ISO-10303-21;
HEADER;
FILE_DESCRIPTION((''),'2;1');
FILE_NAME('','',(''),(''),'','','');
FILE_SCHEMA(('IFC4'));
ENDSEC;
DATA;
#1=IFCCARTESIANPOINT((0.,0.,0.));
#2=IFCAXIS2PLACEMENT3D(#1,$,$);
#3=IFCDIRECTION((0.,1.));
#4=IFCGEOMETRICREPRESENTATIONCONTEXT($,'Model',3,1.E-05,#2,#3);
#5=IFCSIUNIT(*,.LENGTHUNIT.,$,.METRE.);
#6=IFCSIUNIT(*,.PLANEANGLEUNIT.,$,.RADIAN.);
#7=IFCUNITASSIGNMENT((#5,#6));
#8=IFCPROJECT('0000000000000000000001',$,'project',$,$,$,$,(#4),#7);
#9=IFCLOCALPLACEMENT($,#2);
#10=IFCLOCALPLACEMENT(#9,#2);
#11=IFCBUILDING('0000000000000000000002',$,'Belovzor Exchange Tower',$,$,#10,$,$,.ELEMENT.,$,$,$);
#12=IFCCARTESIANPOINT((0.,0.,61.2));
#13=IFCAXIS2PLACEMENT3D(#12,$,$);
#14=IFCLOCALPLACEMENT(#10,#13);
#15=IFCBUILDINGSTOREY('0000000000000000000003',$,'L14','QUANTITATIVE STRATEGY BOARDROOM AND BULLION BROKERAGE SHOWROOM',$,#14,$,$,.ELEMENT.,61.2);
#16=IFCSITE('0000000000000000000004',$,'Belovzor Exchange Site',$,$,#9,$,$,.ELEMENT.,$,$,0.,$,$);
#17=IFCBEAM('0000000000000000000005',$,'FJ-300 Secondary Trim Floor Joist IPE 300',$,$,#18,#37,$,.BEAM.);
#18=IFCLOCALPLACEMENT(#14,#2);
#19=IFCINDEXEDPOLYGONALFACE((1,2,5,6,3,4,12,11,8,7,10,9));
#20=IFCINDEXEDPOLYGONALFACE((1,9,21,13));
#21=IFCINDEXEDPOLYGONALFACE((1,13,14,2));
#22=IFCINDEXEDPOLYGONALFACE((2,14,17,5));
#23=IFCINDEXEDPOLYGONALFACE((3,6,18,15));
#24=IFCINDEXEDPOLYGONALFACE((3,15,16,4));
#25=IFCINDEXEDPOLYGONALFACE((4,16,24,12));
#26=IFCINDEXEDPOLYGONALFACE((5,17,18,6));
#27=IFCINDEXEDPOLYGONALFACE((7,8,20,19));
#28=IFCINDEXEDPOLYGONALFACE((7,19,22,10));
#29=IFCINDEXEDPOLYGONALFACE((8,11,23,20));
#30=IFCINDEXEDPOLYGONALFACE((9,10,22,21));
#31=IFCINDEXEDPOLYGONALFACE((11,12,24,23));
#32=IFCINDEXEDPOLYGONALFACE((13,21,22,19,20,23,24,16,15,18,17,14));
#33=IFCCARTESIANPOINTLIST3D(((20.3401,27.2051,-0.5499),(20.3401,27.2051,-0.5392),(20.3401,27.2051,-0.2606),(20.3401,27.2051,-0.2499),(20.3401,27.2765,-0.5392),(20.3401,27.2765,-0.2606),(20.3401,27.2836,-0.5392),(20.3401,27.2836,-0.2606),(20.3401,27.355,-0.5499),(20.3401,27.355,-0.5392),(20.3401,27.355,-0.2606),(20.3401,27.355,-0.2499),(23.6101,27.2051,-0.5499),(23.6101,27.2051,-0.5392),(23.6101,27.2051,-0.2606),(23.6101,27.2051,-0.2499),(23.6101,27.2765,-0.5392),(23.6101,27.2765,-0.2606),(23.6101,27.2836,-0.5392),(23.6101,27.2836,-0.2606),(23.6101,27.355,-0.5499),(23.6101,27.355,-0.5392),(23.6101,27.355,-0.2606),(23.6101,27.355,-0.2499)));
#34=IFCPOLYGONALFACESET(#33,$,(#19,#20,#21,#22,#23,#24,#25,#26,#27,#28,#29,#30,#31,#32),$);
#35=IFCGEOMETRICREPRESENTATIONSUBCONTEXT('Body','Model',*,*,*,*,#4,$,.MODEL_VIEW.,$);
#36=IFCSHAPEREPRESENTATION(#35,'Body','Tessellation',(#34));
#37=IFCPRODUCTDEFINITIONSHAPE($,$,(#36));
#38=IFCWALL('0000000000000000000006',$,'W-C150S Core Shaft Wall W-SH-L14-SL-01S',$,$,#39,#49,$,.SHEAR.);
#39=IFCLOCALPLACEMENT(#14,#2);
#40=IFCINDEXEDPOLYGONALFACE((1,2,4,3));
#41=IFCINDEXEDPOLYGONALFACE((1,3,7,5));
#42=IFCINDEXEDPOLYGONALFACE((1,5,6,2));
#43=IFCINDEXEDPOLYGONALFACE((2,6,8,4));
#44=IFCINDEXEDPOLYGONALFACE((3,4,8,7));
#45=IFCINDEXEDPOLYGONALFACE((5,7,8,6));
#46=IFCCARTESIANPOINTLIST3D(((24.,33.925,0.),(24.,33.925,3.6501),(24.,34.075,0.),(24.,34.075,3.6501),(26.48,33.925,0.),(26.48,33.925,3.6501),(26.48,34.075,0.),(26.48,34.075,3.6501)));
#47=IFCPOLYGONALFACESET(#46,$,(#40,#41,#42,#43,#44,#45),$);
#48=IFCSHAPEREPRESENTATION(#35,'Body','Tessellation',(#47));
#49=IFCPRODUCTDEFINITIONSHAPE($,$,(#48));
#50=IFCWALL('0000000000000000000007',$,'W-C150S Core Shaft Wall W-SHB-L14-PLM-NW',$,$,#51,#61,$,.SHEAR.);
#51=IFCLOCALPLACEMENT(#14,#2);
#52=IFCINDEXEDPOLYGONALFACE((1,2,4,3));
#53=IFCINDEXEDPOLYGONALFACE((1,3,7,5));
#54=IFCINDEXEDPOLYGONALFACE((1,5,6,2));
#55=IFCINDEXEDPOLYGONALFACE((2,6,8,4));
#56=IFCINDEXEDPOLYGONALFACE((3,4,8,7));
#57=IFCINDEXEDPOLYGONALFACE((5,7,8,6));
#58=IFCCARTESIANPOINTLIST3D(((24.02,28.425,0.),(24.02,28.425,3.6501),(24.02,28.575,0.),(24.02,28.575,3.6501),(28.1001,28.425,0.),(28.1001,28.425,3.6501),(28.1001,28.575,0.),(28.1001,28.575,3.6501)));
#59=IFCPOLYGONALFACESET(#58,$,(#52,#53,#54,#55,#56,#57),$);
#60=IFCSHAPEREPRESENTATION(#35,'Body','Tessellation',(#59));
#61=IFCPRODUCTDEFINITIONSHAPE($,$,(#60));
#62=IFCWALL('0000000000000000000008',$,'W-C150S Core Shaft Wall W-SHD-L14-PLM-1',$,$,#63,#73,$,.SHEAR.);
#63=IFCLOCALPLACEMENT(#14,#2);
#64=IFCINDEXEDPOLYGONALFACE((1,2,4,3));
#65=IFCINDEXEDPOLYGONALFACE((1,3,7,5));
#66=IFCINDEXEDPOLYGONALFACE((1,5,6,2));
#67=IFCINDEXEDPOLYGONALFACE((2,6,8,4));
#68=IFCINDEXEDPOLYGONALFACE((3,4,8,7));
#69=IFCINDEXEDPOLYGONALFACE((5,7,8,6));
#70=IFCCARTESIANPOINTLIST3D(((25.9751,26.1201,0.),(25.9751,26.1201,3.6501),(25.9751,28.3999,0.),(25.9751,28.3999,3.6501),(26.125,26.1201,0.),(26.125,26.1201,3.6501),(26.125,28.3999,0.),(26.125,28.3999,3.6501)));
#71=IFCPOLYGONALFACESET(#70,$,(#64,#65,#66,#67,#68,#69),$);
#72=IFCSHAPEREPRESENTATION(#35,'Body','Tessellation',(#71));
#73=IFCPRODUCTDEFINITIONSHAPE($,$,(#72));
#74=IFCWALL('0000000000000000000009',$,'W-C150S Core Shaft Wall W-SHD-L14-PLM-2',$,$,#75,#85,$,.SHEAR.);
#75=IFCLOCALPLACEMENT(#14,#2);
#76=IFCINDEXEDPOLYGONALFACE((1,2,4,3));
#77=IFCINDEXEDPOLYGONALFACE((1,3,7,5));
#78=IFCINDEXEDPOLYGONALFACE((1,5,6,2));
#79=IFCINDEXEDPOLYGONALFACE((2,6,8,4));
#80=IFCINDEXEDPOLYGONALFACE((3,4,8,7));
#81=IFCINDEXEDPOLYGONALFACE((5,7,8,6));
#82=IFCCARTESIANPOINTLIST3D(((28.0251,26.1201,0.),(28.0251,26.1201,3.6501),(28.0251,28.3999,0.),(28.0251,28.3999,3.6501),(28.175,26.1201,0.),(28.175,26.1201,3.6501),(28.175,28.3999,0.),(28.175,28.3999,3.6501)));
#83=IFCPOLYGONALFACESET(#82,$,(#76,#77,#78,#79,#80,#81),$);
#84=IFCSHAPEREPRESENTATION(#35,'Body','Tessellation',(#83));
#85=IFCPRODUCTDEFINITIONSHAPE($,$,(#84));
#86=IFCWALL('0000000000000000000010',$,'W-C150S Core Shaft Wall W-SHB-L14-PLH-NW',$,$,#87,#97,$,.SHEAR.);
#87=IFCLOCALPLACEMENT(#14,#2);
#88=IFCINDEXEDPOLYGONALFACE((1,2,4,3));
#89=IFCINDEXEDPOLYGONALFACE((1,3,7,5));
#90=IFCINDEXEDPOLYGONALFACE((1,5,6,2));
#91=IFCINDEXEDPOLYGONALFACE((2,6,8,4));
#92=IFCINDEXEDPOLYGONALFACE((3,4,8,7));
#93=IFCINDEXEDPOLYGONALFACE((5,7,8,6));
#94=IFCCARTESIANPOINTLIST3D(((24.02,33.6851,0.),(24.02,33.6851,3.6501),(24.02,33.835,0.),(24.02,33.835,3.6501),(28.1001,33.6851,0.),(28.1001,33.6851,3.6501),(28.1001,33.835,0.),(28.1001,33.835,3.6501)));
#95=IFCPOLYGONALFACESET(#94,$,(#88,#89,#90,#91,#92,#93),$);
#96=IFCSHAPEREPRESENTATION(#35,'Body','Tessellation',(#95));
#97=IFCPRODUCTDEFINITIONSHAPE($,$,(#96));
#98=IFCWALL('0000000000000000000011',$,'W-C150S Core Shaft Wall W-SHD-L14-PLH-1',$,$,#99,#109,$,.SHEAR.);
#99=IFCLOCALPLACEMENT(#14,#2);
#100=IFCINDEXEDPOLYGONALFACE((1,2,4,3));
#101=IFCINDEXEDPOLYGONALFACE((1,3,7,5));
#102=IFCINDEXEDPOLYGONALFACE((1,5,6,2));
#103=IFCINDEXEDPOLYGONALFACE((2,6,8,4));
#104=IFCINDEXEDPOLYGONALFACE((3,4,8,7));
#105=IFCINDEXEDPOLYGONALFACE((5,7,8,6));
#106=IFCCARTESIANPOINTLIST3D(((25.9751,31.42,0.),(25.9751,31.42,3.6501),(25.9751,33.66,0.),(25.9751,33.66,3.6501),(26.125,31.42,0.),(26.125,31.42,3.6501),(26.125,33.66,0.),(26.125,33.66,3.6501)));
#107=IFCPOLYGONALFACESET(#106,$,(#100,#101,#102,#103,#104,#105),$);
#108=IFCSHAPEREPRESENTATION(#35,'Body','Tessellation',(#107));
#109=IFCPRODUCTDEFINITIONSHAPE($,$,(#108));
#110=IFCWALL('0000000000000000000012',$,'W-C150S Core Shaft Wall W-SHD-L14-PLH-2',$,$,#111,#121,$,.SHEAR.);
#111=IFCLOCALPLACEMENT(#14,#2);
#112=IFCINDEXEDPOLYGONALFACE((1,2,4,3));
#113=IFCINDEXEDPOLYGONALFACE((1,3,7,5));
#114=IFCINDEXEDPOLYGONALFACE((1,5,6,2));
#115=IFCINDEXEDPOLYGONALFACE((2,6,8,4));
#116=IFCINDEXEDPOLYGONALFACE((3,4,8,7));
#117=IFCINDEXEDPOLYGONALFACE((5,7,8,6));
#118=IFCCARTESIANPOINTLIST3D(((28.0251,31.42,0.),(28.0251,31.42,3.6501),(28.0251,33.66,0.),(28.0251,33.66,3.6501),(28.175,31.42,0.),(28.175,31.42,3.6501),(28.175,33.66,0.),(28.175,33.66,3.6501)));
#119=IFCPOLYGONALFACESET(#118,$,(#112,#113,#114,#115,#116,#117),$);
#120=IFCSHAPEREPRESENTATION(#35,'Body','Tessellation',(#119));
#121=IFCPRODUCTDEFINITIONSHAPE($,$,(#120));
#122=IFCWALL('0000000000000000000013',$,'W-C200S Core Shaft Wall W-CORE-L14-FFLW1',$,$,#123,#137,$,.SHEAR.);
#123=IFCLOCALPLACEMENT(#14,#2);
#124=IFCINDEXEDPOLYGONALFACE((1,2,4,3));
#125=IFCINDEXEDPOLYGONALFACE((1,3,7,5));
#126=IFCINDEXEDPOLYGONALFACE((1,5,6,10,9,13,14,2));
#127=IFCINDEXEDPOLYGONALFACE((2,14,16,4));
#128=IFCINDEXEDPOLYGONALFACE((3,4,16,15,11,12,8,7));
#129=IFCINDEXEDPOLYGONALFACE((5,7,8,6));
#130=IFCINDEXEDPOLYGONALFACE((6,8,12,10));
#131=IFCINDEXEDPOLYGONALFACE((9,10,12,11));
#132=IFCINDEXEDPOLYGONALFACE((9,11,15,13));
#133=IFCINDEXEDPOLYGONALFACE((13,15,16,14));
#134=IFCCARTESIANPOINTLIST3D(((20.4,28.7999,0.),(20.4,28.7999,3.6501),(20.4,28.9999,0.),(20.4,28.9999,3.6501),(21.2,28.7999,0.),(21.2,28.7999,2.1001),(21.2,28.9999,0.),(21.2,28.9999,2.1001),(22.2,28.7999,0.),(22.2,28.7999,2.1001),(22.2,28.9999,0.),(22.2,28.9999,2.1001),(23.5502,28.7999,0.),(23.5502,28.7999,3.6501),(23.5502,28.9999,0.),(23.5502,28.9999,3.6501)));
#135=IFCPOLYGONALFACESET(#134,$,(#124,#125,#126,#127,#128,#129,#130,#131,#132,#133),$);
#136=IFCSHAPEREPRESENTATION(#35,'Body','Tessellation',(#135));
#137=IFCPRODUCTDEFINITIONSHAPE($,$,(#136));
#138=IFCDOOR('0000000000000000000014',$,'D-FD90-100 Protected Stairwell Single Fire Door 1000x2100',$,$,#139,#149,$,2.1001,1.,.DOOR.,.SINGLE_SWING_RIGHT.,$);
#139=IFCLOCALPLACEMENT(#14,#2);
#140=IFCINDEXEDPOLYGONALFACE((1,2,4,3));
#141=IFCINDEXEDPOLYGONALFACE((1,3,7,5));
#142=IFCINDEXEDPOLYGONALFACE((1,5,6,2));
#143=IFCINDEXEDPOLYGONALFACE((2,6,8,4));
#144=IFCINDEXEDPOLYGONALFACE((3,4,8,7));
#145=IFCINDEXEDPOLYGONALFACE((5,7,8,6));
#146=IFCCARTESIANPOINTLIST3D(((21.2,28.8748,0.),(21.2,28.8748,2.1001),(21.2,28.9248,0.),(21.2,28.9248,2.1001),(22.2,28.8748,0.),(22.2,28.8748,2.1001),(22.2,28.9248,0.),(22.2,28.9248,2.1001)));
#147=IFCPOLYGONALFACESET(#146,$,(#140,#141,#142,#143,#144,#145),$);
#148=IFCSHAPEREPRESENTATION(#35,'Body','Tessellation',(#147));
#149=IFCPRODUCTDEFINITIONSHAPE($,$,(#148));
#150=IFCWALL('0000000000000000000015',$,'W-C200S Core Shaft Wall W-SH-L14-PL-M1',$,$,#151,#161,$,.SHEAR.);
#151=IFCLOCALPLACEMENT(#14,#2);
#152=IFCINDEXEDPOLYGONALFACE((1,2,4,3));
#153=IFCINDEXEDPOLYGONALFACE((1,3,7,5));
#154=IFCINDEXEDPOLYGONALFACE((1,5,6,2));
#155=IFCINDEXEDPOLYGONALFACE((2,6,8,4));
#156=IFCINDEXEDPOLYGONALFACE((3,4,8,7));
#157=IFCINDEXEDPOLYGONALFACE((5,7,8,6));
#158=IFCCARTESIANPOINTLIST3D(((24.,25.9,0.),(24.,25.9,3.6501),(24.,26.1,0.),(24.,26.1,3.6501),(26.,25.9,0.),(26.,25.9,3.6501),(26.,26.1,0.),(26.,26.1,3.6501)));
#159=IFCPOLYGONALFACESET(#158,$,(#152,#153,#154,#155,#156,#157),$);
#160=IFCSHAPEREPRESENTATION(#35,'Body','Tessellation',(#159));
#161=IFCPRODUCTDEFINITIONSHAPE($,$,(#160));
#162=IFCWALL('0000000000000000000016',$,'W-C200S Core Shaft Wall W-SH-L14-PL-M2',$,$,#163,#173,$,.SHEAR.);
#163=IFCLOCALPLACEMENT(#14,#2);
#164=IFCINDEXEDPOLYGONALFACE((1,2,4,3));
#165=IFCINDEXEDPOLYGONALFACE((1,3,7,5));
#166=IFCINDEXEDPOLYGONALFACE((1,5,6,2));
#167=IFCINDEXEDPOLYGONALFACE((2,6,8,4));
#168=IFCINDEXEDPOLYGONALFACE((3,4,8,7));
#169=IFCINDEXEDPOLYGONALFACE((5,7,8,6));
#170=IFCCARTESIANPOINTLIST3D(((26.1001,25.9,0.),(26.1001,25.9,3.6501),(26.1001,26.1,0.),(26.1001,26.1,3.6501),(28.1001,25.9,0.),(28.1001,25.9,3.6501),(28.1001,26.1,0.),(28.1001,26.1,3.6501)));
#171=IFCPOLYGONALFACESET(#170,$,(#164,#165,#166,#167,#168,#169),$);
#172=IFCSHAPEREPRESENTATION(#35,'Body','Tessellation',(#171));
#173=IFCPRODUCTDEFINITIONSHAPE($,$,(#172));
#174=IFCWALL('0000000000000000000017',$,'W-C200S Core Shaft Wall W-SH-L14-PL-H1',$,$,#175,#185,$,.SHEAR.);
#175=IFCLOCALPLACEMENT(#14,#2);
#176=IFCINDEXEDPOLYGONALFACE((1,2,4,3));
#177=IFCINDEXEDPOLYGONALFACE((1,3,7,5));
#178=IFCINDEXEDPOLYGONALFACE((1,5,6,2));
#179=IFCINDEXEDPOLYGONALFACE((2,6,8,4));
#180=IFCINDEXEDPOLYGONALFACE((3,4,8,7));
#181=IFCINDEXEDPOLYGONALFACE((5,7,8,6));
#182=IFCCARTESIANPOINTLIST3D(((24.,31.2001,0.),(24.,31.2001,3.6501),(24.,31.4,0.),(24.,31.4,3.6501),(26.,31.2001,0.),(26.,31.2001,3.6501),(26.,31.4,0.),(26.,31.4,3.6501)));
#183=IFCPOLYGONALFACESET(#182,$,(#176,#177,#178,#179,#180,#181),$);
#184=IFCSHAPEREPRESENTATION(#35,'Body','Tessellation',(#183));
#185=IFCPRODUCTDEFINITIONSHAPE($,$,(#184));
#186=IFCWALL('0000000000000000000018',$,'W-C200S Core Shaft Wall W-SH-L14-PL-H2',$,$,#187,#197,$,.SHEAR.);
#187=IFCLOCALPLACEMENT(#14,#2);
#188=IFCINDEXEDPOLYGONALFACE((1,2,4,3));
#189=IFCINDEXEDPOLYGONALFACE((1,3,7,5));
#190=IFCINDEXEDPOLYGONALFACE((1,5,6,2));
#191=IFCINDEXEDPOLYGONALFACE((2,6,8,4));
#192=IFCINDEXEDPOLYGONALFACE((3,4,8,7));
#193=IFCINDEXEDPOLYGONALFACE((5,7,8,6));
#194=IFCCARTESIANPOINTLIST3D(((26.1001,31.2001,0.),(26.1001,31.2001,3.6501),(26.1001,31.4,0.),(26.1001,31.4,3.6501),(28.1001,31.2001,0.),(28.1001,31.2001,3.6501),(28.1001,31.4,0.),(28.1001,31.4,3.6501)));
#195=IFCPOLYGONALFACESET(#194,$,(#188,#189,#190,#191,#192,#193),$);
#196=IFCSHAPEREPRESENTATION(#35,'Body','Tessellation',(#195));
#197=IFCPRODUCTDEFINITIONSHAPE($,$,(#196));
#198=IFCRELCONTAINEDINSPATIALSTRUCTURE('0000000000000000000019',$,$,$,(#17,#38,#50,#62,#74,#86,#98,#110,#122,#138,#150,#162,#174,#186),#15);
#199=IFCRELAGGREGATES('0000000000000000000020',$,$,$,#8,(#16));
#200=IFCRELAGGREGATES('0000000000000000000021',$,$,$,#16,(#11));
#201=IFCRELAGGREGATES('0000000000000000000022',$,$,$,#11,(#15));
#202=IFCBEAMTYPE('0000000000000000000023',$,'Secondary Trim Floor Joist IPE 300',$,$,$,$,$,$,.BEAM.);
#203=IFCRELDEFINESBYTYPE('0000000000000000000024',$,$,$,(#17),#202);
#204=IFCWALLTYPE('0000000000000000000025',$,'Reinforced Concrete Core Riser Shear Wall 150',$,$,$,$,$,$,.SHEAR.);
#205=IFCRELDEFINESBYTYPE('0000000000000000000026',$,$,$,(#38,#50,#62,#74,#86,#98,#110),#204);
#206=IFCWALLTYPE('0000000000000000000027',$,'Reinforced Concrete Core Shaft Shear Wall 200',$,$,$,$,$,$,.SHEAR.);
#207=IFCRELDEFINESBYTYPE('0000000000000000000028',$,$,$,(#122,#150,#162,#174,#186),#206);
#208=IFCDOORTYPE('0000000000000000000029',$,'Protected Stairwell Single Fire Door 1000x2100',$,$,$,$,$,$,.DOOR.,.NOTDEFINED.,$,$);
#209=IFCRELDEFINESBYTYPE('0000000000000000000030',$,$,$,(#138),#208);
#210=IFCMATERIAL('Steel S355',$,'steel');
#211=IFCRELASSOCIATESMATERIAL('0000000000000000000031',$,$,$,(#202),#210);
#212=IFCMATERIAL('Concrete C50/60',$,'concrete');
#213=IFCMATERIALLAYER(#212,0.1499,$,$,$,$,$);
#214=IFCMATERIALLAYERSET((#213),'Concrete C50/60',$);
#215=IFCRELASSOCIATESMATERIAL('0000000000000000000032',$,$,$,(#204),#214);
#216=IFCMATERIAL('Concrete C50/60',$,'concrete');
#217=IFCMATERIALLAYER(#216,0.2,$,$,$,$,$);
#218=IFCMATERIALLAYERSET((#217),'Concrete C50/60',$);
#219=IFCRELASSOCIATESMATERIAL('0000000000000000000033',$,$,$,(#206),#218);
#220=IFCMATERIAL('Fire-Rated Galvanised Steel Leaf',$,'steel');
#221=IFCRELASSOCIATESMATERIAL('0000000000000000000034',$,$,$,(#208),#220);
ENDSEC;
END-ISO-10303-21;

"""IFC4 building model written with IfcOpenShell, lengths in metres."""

from ifc_helpers import new_model, si_unit, direction, frame, frame_2d, origin, origin_2d, place, context, subcontext, project, spatial, rectangle, i_section, extrude, material, layer, layer_set, material_profile, profile_set, type_object, element, fill, save


model = new_model("IFC4")

# Units and contexts
model_context = context("Model", 3, precision=1e-05, world=origin(), true_north=direction((0.0, 1.0)))
body_context = subcontext(model_context, "Body", "Model", "MODEL_VIEW")
ifc_project = project(units=[si_unit("LENGTHUNIT", "METRE"), si_unit("PLANEANGLEUNIT", "RADIAN")], contexts=[model_context])

# Site, building, storey
site_placement = place(None, origin())
site = spatial("IfcSite", under=ifc_project, at=site_placement, Name="Belovzor Exchange Site", CompositionType="ELEMENT", RefElevation=0.0)
building_placement = place(site_placement, origin())
building = spatial("IfcBuilding", under=site, at=building_placement, Name="Belovzor Exchange Tower", CompositionType="ELEMENT")
storey_placement = place(building_placement, frame((0.0, 0.0, 61.2)))
storey = spatial("IfcBuildingStorey", under=building, at=storey_placement, Name="L14", Description="QUANTITATIVE STRATEGY BOARDROOM AND BULLION BROKERAGE SHOWROOM", CompositionType="ELEMENT", Elevation=61.2)

# Beam
ifc_material_1 = material(Name="Steel S355", Category="steel")
ifc_material_profile = material_profile(ifc_material_1, i_section(OverallWidth=0.1499, OverallDepth=0.3, WebThickness=0.0071, FlangeThickness=0.0107, at=origin_2d()))
ifc_profile_set = profile_set([ifc_material_profile], Name="Steel S355")
beam_type = type_object("IfcBeamType", Name="Secondary Trim Floor Joist IPE 300", PredefinedType="BEAM", material=ifc_profile_set)
beam_placement = place(storey_placement, frame((20.3401, 27.28, -0.3999), z_axis=(1.0, 0.0, 0.0), x_axis=(0.0, 1.0, 0.0)))
element("IfcBeam", 1, at=beam_placement, inside=storey, type_object=beam_type, Name="FJ-300 Secondary Trim Floor Joist IPE 300", PredefinedType="BEAM", context=body_context, shape_type="SweptSolid", body=[
    extrude(i_section(OverallWidth=0.1499, OverallDepth=0.3, WebThickness=0.0071, FlangeThickness=0.0107, at=origin_2d()), origin(), (0.0, 0.0, 1.0), 3.27),
])

# Walls
ifc_material_2 = material(Name="Concrete C50/60", Category="concrete")
ifc_layer_1 = layer(ifc_material_2, 0.1499)
ifc_layer_set_1 = layer_set([ifc_layer_1], Name="Concrete C50/60")
wall_type_1 = type_object("IfcWallType", Name="Reinforced Concrete Core Riser Shear Wall 150", PredefinedType="SHEAR", material=ifc_layer_set_1)
wall_1_placement = place(storey_placement, frame((24.0, 34.0, 0.0), z_axis=(0.0, 0.0, 1.0), x_axis=(1.0, 0.0, 0.0)))
element("IfcWall", 2, at=wall_1_placement, inside=storey, type_object=wall_type_1, Name="W-C150S Core Shaft Wall W-SH-L14-SL-01S", PredefinedType="SHEAR", context=body_context, shape_type="SweptSolid", body=[
    extrude(rectangle(XDim=2.48, YDim=0.1499, at=frame_2d((1.24, 0.0))), origin(), (0.0, 0.0, 1.0), 3.6501),
])
wall_2_placement = place(storey_placement, frame((24.02, 28.5, 0.0), z_axis=(0.0, 0.0, 1.0), x_axis=(1.0, 0.0, 0.0)))
element("IfcWall", 3, at=wall_2_placement, inside=storey, type_object=wall_type_1, Name="W-C150S Core Shaft Wall W-SHB-L14-PLM-NW", PredefinedType="SHEAR", context=body_context, shape_type="SweptSolid", body=[
    extrude(rectangle(XDim=4.0801, YDim=0.1499, at=frame_2d((2.04, 0.0))), origin(), (0.0, 0.0, 1.0), 3.6501),
])
for number, where, z_axis, x_axis, name in (
    (4, (26.05, 26.1201, 0.0), (0.0, 0.0, 1.0), (0.0, 1.0, 0.0), "W-C150S Core Shaft Wall W-SHD-L14-PLM-1"),
    (5, (28.1001, 26.1201, 0.0), (0.0, 0.0, 1.0), (0.0, 1.0, 0.0), "W-C150S Core Shaft Wall W-SHD-L14-PLM-2"),
):
    element("IfcWall", number, at=place(storey_placement, frame(where, z_axis=z_axis, x_axis=x_axis)), inside=storey, type_object=wall_type_1, Name=name, PredefinedType="SHEAR", context=body_context, shape_type="SweptSolid", body=[
        extrude(rectangle(XDim=2.2798, YDim=0.1499, at=frame_2d((1.1399, 0.0))), origin(), (0.0, 0.0, 1.0), 3.6501),
    ])
wall_3_placement = place(storey_placement, frame((24.02, 33.76, 0.0), z_axis=(0.0, 0.0, 1.0), x_axis=(1.0, 0.0, 0.0)))
element("IfcWall", 6, at=wall_3_placement, inside=storey, type_object=wall_type_1, Name="W-C150S Core Shaft Wall W-SHB-L14-PLH-NW", PredefinedType="SHEAR", context=body_context, shape_type="SweptSolid", body=[
    extrude(rectangle(XDim=4.0801, YDim=0.1499, at=frame_2d((2.04, 0.0))), origin(), (0.0, 0.0, 1.0), 3.6501),
])
for number, where, z_axis, x_axis, name in (
    (7, (26.05, 31.4199, 0.0), (0.0, 0.0, 1.0), (0.0, 1.0, 0.0), "W-C150S Core Shaft Wall W-SHD-L14-PLH-1"),
    (8, (28.1001, 31.4199, 0.0), (0.0, 0.0, 1.0), (0.0, 1.0, 0.0), "W-C150S Core Shaft Wall W-SHD-L14-PLH-2"),
):
    element("IfcWall", number, at=place(storey_placement, frame(where, z_axis=z_axis, x_axis=x_axis)), inside=storey, type_object=wall_type_1, Name=name, PredefinedType="SHEAR", context=body_context, shape_type="SweptSolid", body=[
        extrude(rectangle(XDim=2.24, YDim=0.1499, at=frame_2d((1.1201, 0.0))), origin(), (0.0, 0.0, 1.0), 3.6501),
    ])

# Wall, opening, door
ifc_material_3 = material(Name="Concrete C50/60", Category="concrete")
ifc_layer_2 = layer(ifc_material_3, 0.2)
ifc_layer_set_2 = layer_set([ifc_layer_2], Name="Concrete C50/60")
wall_type_2 = type_object("IfcWallType", Name="Reinforced Concrete Core Shaft Shear Wall 200", PredefinedType="SHEAR", material=ifc_layer_set_2)
wall_4_placement = place(storey_placement, frame((20.3999, 28.8999, 0.0), z_axis=(0.0, 0.0, 1.0), x_axis=(1.0, 0.0, 0.0)))
wall_4 = element("IfcWall", 9, at=wall_4_placement, inside=storey, type_object=wall_type_2, Name="W-C200S Core Shaft Wall W-CORE-L14-FFLW1", PredefinedType="SHEAR", context=body_context, shape_type="SweptSolid", body=[
    extrude(rectangle(XDim=3.1501, YDim=0.2, at=frame_2d((1.5752, 0.0))), origin(), (0.0, 0.0, 1.0), 3.6501),
])
opening_1_placement = place(wall_4_placement, frame((0.8, 0.0, 0.0)))
opening_1 = element("IfcOpeningElement", 10, at=opening_1_placement, cuts=wall_4, PredefinedType="OPENING", context=body_context, shape_type="SweptSolid", body=[
    extrude(rectangle(XDim=1.0, YDim=2.1001, at=frame_2d((0.5, 1.05))), frame((0.0, 0.1099, 0.0), z_axis=(0.0, -1.0, 0.0), x_axis=(1.0, 0.0, 0.0)), (0.0, 0.0, 1.0), 0.22),
])
ifc_material_4 = material(Name="Fire-Rated Galvanised Steel Leaf", Category="steel")
door_type_1 = type_object("IfcDoorType", Name="Protected Stairwell Single Fire Door 1000x2100", OperationType="NOTDEFINED", PredefinedType="DOOR", material=ifc_material_4)
door_1_placement = place(opening_1_placement, origin())
door_1 = element("IfcDoor", 11, at=door_1_placement, inside=storey, type_object=door_type_1, Name="D-FD90-100 Protected Stairwell Single Fire Door 1000x2100", OperationType="SINGLE_SWING_RIGHT", OverallHeight=2.1001, OverallWidth=1.0, PredefinedType="DOOR", context=body_context, shape_type="SweptSolid", body=[
    extrude(rectangle(XDim=1.0, YDim=2.1001, at=frame_2d((0.5, 1.05))), frame((0.0, 0.0249, 0.0), z_axis=(0.0, -1.0, 0.0), x_axis=(1.0, 0.0, 0.0)), (0.0, 0.0, 1.0), 0.05),
])
fill(opening_1, door_1)

# Walls
for number, where, z_axis, x_axis, name in (
    (12, (24.0, 26.0, 0.0), (0.0, 0.0, 1.0), (1.0, 0.0, 0.0), "W-C200S Core Shaft Wall W-SH-L14-PL-M1"),
    (13, (26.1001, 26.0, 0.0), (0.0, 0.0, 1.0), (1.0, 0.0, 0.0), "W-C200S Core Shaft Wall W-SH-L14-PL-M2"),
    (14, (24.0, 31.3, 0.0), (0.0, 0.0, 1.0), (1.0, 0.0, 0.0), "W-C200S Core Shaft Wall W-SH-L14-PL-H1"),
    (15, (26.1001, 31.3, 0.0), (0.0, 0.0, 1.0), (1.0, 0.0, 0.0), "W-C200S Core Shaft Wall W-SH-L14-PL-H2"),
):
    element("IfcWall", number, at=place(storey_placement, frame(where, z_axis=z_axis, x_axis=x_axis)), inside=storey, type_object=wall_type_2, Name=name, PredefinedType="SHEAR", context=body_context, shape_type="SweptSolid", body=[
        extrude(rectangle(XDim=2.0, YDim=0.2, at=frame_2d((1.0, 0.0))), origin(), (0.0, 0.0, 1.0), 3.6501),
    ])

save(model, "model.ifc")
